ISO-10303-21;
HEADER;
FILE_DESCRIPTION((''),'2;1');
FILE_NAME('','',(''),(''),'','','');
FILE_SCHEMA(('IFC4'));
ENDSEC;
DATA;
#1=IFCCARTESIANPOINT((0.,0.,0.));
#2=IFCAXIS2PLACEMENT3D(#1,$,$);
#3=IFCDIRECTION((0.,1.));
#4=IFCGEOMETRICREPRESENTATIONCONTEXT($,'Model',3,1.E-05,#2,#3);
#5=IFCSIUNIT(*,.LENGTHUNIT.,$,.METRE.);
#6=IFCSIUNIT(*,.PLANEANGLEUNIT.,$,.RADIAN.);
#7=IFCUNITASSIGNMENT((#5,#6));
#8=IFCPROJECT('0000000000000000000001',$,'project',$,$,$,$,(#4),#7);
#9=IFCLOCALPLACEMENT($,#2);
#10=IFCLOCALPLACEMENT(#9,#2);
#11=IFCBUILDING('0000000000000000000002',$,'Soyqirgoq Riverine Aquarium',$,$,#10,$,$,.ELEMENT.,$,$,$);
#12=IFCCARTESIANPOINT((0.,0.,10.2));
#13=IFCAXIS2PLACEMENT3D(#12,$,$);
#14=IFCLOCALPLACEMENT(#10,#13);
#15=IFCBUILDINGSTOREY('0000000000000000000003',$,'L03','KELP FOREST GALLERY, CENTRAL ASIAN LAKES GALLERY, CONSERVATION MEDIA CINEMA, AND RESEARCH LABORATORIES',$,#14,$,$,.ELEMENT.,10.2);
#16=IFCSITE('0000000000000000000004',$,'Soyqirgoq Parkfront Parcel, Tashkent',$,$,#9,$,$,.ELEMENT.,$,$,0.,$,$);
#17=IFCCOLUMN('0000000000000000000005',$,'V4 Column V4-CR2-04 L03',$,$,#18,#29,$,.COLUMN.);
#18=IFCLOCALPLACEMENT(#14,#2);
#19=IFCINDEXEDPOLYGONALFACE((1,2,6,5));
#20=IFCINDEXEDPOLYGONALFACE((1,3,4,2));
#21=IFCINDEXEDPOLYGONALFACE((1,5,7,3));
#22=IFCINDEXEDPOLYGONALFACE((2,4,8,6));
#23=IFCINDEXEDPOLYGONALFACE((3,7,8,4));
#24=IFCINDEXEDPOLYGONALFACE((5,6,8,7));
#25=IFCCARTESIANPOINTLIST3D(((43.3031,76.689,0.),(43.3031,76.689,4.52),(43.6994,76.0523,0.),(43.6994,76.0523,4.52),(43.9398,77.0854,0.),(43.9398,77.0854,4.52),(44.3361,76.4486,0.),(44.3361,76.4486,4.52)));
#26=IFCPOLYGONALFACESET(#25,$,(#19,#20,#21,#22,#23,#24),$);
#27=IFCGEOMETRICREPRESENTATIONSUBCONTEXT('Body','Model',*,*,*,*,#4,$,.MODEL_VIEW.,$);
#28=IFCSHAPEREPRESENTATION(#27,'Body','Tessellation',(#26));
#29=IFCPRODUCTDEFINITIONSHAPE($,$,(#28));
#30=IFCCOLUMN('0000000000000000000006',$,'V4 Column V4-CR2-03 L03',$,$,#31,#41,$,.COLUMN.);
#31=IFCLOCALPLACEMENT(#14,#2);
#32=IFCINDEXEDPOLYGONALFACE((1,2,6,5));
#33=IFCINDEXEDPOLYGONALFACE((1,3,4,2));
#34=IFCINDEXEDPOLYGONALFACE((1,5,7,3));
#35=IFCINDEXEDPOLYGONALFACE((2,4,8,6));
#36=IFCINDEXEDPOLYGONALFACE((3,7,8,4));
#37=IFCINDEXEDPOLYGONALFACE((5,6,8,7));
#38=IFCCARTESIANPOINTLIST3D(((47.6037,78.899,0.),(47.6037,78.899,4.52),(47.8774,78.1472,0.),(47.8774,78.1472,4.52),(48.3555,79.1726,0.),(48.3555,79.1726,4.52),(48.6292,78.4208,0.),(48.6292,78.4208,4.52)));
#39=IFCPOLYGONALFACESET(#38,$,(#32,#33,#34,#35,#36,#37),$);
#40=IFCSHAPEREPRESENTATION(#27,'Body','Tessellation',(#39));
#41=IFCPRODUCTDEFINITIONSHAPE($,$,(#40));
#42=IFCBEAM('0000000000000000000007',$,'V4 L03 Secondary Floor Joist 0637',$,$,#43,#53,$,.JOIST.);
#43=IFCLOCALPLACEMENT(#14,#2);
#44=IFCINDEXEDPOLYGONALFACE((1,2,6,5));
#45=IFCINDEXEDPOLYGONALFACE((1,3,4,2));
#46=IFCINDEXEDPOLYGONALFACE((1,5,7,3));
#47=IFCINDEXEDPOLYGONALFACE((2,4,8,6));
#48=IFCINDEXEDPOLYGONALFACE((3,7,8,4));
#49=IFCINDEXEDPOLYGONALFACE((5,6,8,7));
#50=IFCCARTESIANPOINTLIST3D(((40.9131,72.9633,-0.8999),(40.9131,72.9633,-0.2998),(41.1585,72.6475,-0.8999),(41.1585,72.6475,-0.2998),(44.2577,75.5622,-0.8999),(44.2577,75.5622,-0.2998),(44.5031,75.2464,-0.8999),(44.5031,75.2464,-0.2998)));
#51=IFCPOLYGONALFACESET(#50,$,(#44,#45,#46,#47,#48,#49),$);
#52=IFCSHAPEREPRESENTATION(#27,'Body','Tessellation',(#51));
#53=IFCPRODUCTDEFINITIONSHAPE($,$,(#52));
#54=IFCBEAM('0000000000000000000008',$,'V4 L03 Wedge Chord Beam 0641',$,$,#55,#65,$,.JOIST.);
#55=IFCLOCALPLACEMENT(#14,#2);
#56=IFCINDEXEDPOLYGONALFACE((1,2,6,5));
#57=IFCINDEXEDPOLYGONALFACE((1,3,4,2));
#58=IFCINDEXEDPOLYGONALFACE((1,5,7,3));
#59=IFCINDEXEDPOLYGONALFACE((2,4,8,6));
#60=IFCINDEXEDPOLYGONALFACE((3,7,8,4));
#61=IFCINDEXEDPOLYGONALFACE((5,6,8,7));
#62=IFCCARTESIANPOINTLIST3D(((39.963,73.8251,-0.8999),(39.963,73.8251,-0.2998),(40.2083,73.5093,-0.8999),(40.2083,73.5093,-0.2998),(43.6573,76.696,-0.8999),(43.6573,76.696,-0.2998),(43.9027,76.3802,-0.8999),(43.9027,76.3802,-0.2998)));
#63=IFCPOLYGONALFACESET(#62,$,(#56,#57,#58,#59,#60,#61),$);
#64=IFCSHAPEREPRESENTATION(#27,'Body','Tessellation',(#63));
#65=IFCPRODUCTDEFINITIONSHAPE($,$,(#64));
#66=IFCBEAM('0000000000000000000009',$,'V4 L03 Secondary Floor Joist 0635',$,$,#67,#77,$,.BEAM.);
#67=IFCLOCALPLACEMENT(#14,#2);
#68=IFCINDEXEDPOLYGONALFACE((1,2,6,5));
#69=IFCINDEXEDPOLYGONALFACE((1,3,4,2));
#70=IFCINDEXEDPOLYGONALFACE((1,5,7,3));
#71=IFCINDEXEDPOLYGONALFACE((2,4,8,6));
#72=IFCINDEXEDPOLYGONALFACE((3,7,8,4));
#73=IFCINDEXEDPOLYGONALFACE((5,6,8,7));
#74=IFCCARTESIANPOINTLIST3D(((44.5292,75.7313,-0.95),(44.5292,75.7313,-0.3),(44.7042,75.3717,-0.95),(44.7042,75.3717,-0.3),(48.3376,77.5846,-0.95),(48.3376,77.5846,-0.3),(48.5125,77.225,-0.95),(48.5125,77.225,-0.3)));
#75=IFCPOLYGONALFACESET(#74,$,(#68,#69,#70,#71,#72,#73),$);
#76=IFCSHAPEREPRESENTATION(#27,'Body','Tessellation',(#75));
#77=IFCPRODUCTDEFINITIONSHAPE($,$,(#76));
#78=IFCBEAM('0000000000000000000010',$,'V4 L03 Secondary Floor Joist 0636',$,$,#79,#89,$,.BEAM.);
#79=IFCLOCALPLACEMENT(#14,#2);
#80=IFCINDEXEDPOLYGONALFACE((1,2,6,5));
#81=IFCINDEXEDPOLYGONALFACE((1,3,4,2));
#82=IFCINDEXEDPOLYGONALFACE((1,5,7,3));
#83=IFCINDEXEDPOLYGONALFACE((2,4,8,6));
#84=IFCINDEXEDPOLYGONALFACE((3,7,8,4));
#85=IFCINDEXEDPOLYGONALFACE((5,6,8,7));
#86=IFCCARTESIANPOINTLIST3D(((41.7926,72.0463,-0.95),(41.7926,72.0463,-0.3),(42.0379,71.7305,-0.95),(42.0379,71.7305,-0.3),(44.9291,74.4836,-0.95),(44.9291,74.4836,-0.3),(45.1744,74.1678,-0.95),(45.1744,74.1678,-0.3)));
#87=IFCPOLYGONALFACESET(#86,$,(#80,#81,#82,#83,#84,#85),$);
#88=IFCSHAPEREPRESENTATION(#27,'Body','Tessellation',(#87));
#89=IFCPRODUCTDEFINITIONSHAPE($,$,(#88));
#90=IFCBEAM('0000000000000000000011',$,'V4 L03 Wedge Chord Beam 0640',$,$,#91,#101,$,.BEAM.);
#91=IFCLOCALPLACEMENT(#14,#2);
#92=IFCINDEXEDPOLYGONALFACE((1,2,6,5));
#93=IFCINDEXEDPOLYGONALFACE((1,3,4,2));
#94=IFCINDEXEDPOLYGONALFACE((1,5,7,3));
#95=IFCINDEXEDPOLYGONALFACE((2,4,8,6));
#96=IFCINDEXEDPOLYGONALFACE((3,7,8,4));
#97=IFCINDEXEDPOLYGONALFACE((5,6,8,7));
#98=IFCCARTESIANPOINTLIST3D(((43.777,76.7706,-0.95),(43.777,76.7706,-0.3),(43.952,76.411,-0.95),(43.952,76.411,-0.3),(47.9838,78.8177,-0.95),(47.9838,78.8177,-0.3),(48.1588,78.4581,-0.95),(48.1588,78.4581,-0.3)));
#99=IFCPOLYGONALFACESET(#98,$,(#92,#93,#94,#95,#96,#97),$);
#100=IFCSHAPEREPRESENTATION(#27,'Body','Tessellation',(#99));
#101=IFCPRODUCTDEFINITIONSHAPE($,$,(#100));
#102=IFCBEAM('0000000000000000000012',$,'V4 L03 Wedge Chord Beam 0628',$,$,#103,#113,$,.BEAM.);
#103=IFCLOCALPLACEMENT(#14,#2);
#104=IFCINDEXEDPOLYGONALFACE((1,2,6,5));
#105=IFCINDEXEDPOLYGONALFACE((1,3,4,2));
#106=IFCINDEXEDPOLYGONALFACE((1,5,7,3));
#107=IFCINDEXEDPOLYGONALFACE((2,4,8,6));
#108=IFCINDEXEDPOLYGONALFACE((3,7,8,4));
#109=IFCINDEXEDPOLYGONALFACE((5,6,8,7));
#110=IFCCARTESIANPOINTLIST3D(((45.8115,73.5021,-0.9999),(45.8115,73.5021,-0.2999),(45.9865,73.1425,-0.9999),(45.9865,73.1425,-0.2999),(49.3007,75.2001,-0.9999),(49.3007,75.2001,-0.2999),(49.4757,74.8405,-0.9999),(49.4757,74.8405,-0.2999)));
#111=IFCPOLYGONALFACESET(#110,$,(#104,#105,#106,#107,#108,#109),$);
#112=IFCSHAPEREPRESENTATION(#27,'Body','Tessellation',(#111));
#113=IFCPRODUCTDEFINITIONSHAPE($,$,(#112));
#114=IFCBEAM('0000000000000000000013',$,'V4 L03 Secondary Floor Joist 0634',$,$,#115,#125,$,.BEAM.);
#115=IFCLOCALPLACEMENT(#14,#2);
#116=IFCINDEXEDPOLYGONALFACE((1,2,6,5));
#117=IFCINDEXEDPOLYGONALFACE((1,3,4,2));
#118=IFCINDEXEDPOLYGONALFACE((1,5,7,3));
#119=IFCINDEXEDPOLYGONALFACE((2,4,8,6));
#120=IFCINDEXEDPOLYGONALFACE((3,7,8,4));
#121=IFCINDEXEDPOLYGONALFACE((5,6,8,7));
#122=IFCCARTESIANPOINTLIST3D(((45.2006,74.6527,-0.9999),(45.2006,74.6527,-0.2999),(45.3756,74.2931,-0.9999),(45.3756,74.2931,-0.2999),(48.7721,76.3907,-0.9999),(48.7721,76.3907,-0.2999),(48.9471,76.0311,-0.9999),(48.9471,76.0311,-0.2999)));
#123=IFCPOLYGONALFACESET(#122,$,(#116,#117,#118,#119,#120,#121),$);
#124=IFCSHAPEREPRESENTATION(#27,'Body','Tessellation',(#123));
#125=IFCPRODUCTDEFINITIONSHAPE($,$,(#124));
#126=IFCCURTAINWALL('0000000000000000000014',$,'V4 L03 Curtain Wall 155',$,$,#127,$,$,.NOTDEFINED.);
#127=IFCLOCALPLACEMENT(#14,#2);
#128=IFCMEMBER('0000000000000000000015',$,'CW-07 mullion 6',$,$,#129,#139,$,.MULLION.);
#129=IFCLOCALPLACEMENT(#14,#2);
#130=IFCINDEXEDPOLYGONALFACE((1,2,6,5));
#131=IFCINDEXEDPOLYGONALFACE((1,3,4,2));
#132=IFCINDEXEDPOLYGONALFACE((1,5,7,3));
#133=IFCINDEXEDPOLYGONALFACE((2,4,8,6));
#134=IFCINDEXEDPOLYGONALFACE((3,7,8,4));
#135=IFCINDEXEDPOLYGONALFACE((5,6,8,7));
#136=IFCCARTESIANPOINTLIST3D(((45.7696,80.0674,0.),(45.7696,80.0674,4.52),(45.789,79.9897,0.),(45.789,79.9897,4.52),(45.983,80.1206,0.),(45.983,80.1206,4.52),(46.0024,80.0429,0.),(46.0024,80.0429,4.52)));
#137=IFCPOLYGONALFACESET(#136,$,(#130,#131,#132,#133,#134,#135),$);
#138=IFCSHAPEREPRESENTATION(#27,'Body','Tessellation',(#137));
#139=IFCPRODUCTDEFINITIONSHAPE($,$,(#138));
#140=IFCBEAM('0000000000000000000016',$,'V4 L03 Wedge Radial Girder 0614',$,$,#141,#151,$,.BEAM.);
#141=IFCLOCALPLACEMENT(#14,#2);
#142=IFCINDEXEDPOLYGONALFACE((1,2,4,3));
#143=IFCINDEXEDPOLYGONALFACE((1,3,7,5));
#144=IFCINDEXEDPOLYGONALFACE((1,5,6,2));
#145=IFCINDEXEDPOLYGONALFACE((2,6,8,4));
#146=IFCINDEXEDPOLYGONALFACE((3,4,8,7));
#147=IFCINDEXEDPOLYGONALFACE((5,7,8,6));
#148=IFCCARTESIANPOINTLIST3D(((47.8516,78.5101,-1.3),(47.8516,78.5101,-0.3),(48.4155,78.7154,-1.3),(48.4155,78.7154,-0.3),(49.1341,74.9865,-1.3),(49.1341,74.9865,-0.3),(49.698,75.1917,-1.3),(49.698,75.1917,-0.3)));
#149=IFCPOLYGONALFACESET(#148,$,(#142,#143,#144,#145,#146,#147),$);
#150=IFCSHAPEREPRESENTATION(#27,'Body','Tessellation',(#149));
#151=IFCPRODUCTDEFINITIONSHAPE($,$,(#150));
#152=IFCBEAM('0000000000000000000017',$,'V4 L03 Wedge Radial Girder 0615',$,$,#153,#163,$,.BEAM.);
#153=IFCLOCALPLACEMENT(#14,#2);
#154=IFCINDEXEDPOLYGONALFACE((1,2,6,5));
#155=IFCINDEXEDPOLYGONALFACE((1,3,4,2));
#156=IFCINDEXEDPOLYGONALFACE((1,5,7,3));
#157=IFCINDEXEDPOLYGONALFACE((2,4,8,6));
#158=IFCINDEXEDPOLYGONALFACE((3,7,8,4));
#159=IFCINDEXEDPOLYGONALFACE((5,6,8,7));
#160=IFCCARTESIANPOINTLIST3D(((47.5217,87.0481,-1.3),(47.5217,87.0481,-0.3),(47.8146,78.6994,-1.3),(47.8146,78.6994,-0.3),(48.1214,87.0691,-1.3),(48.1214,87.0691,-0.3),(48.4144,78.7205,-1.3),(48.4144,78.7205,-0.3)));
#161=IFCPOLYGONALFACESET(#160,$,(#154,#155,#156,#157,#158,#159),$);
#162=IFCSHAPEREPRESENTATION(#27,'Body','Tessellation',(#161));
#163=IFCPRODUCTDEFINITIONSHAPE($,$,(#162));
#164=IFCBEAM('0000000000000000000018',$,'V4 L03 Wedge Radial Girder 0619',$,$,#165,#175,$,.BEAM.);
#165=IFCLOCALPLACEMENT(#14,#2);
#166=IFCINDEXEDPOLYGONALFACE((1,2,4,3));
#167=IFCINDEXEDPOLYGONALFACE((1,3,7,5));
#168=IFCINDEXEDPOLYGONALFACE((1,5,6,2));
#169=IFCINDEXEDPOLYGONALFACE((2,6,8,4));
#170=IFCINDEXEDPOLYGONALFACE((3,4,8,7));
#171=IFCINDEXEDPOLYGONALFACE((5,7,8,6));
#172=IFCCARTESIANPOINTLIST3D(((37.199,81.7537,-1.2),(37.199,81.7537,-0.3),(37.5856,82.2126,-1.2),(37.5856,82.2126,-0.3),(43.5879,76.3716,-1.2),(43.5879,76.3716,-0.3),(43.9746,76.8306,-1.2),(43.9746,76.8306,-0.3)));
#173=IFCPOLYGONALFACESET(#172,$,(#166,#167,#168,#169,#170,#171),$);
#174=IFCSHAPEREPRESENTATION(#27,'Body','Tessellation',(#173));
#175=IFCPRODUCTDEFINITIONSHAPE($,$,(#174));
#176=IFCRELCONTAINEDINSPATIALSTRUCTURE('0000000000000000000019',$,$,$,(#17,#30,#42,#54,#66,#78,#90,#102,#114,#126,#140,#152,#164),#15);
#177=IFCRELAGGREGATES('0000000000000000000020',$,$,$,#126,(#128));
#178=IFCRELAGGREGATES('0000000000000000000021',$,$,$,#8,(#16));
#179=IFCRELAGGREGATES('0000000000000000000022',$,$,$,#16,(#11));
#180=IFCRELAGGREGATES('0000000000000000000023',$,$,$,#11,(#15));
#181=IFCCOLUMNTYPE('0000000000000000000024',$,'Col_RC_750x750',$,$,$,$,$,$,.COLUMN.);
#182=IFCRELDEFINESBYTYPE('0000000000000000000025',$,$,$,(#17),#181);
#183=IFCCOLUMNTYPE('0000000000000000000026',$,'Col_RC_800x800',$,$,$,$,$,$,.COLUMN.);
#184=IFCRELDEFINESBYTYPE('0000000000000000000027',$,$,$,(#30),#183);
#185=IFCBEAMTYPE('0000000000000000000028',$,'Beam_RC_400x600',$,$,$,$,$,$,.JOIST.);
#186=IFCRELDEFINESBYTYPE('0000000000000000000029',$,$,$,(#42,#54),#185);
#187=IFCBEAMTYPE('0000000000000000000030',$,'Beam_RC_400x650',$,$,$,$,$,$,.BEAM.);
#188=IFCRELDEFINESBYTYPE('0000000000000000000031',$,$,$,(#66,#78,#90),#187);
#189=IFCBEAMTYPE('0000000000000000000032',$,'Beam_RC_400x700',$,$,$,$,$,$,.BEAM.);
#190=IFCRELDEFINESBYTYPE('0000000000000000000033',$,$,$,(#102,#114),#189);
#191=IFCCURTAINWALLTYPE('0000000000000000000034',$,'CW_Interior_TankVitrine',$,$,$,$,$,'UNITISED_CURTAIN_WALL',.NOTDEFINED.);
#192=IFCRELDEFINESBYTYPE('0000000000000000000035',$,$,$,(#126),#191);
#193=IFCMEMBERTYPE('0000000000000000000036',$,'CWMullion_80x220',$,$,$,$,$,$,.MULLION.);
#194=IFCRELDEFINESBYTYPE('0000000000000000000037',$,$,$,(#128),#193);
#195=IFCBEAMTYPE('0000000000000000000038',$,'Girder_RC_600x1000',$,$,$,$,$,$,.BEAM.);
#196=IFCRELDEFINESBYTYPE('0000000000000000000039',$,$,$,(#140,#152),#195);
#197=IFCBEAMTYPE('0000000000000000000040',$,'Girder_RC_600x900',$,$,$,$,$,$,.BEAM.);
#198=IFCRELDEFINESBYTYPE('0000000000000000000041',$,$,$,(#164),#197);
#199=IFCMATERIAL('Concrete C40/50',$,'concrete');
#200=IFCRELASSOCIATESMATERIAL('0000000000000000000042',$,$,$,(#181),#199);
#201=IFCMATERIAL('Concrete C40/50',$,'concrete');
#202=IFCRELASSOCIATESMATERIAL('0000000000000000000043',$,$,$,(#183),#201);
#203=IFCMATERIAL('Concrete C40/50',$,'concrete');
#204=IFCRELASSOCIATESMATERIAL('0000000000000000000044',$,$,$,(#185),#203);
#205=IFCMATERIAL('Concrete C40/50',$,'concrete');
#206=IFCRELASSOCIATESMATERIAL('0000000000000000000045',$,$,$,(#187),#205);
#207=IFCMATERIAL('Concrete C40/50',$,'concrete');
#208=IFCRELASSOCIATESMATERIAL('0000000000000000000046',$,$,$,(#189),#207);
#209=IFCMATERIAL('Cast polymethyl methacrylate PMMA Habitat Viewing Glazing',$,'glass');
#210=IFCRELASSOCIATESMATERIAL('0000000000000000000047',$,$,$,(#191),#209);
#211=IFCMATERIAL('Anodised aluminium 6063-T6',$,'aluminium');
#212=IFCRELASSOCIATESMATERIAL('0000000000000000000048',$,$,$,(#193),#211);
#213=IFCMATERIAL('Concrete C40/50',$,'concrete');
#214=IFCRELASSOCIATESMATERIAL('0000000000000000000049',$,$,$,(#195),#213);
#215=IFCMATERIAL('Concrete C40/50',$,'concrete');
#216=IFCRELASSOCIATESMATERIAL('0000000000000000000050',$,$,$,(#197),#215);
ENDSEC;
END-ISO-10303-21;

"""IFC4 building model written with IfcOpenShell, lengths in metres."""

from ifc_helpers import new_model, si_unit, direction, frame, origin, origin_2d, place, context, subcontext, project, spatial, rectangle, extrude, material, material_profile, profile_set, type_object, element, aggregate, save


model = new_model("IFC4")

# Units and contexts
model_context = context("Model", 3, precision=1e-05, world=origin(), true_north=direction((0.0, 1.0)))
body_context = subcontext(model_context, "Body", "Model", "MODEL_VIEW")
ifc_project = project(units=[si_unit("LENGTHUNIT", "METRE"), si_unit("PLANEANGLEUNIT", "RADIAN")], contexts=[model_context])

# Site, building, storey
site_placement = place(None, origin())
site = spatial("IfcSite", under=ifc_project, at=site_placement, Name="Soyqirgoq Parkfront Parcel, Tashkent", CompositionType="ELEMENT", RefElevation=0.0)
building_placement = place(site_placement, origin())
building = spatial("IfcBuilding", under=site, at=building_placement, Name="Soyqirgoq Riverine Aquarium", CompositionType="ELEMENT")
storey_placement = place(building_placement, frame((0.0, 0.0, 10.2)))
storey = spatial("IfcBuildingStorey", under=building, at=storey_placement, Name="L03", Description="KELP FOREST GALLERY, CENTRAL ASIAN LAKES GALLERY, CONSERVATION MEDIA CINEMA, AND RESEARCH LABORATORIES", CompositionType="ELEMENT", Elevation=10.2)

# Columns
ifc_material_1 = material(Name="Concrete C40/50", Category="concrete")
ifc_material_profile_1 = material_profile(ifc_material_1, rectangle(XDim=0.75, YDim=0.75, at=origin_2d()), Name="RC 750x750")
ifc_profile_set_1 = profile_set([ifc_material_profile_1], Name="Concrete C40/50")
column_type_1 = type_object("IfcColumnType", Name="Col_RC_750x750", PredefinedType="COLUMN", material=ifc_profile_set_1)
column_1_placement = place(storey_placement, frame((43.8196, 76.5688, 0.0), z_axis=(0.0, 0.0, 1.0), x_axis=(-0.528438, 0.848972, 0.0)))
element("IfcColumn", 1, at=column_1_placement, inside=storey, type_object=column_type_1, Name="V4 Column V4-CR2-04 L03", PredefinedType="COLUMN", context=body_context, shape_type="SweptSolid", body=[
    extrude(rectangle(XDim=0.75, YDim=0.75, at=origin_2d()), origin(), (0.0, 0.0, 1.0), 4.52),
])
ifc_material_2 = material(Name="Concrete C40/50", Category="concrete")
ifc_material_profile_2 = material_profile(ifc_material_2, rectangle(XDim=0.8, YDim=0.8, at=origin_2d()), Name="RC 800x800")
ifc_profile_set_2 = profile_set([ifc_material_profile_2], Name="Concrete C40/50")
column_type_2 = type_object("IfcColumnType", Name="Col_RC_800x800", PredefinedType="COLUMN", material=ifc_profile_set_2)
column_2_placement = place(storey_placement, frame((48.1165, 78.6599, 0.0), z_axis=(0.0, 0.0, 1.0), x_axis=(-0.34202, 0.939693, 0.0)))
element("IfcColumn", 2, at=column_2_placement, inside=storey, type_object=column_type_2, Name="V4 Column V4-CR2-03 L03", PredefinedType="COLUMN", context=body_context, shape_type="SweptSolid", body=[
    extrude(rectangle(XDim=0.8, YDim=0.8, at=origin_2d()), origin(), (0.0, 0.0, 1.0), 4.52),
])

# Beams
ifc_material_3 = material(Name="Concrete C40/50", Category="concrete")
ifc_material_profile_3 = material_profile(ifc_material_3, rectangle(XDim=0.3999, YDim=0.6001, at=origin_2d()), Name="RC 400x600")
ifc_profile_set_3 = profile_set([ifc_material_profile_3], Name="Concrete C40/50")
beam_type_1 = type_object("IfcBeamType", Name="Beam_RC_400x600", PredefinedType="JOIST", material=ifc_profile_set_3)
beam_1_placement = place(storey_placement, frame((44.3804, 75.4043, -0.5999), z_axis=(-0.789625, -0.613589, 0.0), x_axis=(0.613589, -0.789625, 0.0)))
element("IfcBeam", 3, at=beam_1_placement, inside=storey, type_object=beam_type_1, Name="V4 L03 Secondary Floor Joist 0637", PredefinedType="JOIST", context=body_context, shape_type="SweptSolid", body=[
    extrude(rectangle(XDim=0.3999, YDim=0.6001, at=origin_2d()), origin(), (0.0, 0.0, 1.0), 4.2356),
])
beam_2_placement = place(storey_placement, frame((43.78, 76.5381, -0.5999), z_axis=(-0.789613, -0.613605, 0.0), x_axis=(0.613605, -0.789613, 0.0)))
element("IfcBeam", 4, at=beam_2_placement, inside=storey, type_object=beam_type_1, Name="V4 L03 Wedge Chord Beam 0641", PredefinedType="JOIST", context=body_context, shape_type="SweptSolid", body=[
    extrude(rectangle(XDim=0.3999, YDim=0.6001, at=origin_2d()), origin(), (0.0, 0.0, 1.0), 4.6787),
])
ifc_material_4 = material(Name="Concrete C40/50", Category="concrete")
ifc_material_profile_4 = material_profile(ifc_material_4, rectangle(XDim=0.3999, YDim=0.6499, at=origin_2d()), Name="RC 400x650")
ifc_profile_set_4 = profile_set([ifc_material_profile_4], Name="Concrete C40/50")
beam_type_2 = type_object("IfcBeamType", Name="Beam_RC_400x650", PredefinedType="BEAM", material=ifc_profile_set_4)
beam_3_placement = place(storey_placement, frame((48.425, 77.4048, -0.625), z_axis=(-0.899183, -0.437573, 0.0), x_axis=(0.437573, -0.899183, 0.0)))
element("IfcBeam", 5, at=beam_3_placement, inside=storey, type_object=beam_type_2, Name="V4 L03 Secondary Floor Joist 0635", PredefinedType="BEAM", context=body_context, shape_type="SweptSolid", body=[
    extrude(rectangle(XDim=0.3999, YDim=0.6499, at=origin_2d()), origin(), (0.0, 0.0, 1.0), 4.2354),
])
beam_4_placement = place(storey_placement, frame((45.0518, 74.3257, -0.625), z_axis=(-0.789624, -0.613592, 0.0), x_axis=(0.613592, -0.789624, 0.0)))
element("IfcBeam", 6, at=beam_4_placement, inside=storey, type_object=beam_type_2, Name="V4 L03 Secondary Floor Joist 0636", PredefinedType="BEAM", context=body_context, shape_type="SweptSolid", body=[
    extrude(rectangle(XDim=0.3999, YDim=0.6499, at=origin_2d()), origin(), (0.0, 0.0, 1.0), 3.9722),
])
beam_5_placement = place(storey_placement, frame((48.0713, 78.6379, -0.625), z_axis=(-0.899187, -0.437565, 0.0), x_axis=(0.437565, -0.899187, 0.0)))
element("IfcBeam", 7, at=beam_5_placement, inside=storey, type_object=beam_type_2, Name="V4 L03 Wedge Chord Beam 0640", PredefinedType="BEAM", context=body_context, shape_type="SweptSolid", body=[
    extrude(rectangle(XDim=0.3999, YDim=0.6499, at=origin_2d()), origin(), (0.0, 0.0, 1.0), 4.6785),
])
ifc_material_5 = material(Name="Concrete C40/50", Category="concrete")
ifc_material_profile_5 = material_profile(ifc_material_5, rectangle(XDim=0.3999, YDim=0.7, at=origin_2d()), Name="RC 400x700")
ifc_profile_set_5 = profile_set([ifc_material_profile_5], Name="Concrete C40/50")
beam_type_3 = type_object("IfcBeamType", Name="Beam_RC_400x700", PredefinedType="BEAM", material=ifc_profile_set_5)
beam_6_placement = place(storey_placement, frame((49.3882, 75.0203, -0.6499), z_axis=(-0.899182, -0.437574, 0.0), x_axis=(0.437574, -0.899182, 0.0)))
element("IfcBeam", 8, at=beam_6_placement, inside=storey, type_object=beam_type_3, Name="V4 L03 Wedge Chord Beam 0628", PredefinedType="BEAM", context=body_context, shape_type="SweptSolid", body=[
    extrude(rectangle(XDim=0.3999, YDim=0.7, at=origin_2d()), origin(), (0.0, 0.0, 1.0), 3.8804),
])
beam_7_placement = place(storey_placement, frame((48.8596, 76.2109, -0.6499), z_axis=(-0.899182, -0.437575, 0.0), x_axis=(0.437575, -0.899182, 0.0)))
element("IfcBeam", 9, at=beam_7_placement, inside=storey, type_object=beam_type_3, Name="V4 L03 Secondary Floor Joist 0634", PredefinedType="BEAM", context=body_context, shape_type="SweptSolid", body=[
    extrude(rectangle(XDim=0.3999, YDim=0.7, at=origin_2d()), origin(), (0.0, 0.0, 1.0), 3.9719),
])

# Curtain wall, member
ifc_material_6 = material(Name="Cast polymethyl methacrylate PMMA Habitat Viewing Glazing", Category="glass")
curtain_wall_type_1 = type_object("IfcCurtainWallType", Name="CW_Interior_TankVitrine", ElementType="UNITISED_CURTAIN_WALL", PredefinedType="NOTDEFINED", material=ifc_material_6)
curtain_wall_1_placement = place(storey_placement, origin())
curtain_wall_1 = element("IfcCurtainWall", 10, at=curtain_wall_1_placement, inside=storey, type_object=curtain_wall_type_1, Name="V4 L03 Curtain Wall 155", PredefinedType="NOTDEFINED")
ifc_material_7 = material(Name="Anodised aluminium 6063-T6", Category="aluminium")
ifc_material_profile_6 = material_profile(ifc_material_7, rectangle(XDim=0.0801, YDim=0.22, at=origin_2d()), Name="ALU-M 80x220")
ifc_profile_set_6 = profile_set([ifc_material_profile_6], Name="Anodised aluminium 6063-T6")
member_type = type_object("IfcMemberType", Name="CWMullion_80x220", PredefinedType="MULLION", material=ifc_profile_set_6)
member_placement = place(storey_placement, frame((45.886, 80.0552, 0.0), z_axis=(0.0, 0.0, 1.0), x_axis=(0.241922, -0.970296, 0.0)))
member = element("IfcMember", 11, at=member_placement, type_object=member_type, Name="CW-07 mullion 6", PredefinedType="MULLION", context=body_context, shape_type="SweptSolid", body=[
    extrude(rectangle(XDim=0.0801, YDim=0.22, at=origin_2d()), origin(), (0.0, 0.0, 1.0), 4.52),
])
aggregate(curtain_wall_1, [member])

# Beams
ifc_material_8 = material(Name="Concrete C40/50", Category="concrete")
ifc_material_profile_7 = material_profile(ifc_material_8, rectangle(XDim=0.6001, YDim=1.0, at=origin_2d()), Name="RC 600x1000")
ifc_profile_set_7 = profile_set([ifc_material_profile_7], Name="Concrete C40/50")
beam_type_4 = type_object("IfcBeamType", Name="Girder_RC_600x1000", PredefinedType="BEAM", material=ifc_profile_set_7)
beam_8_placement = place(storey_placement, frame((49.416, 75.0891, -0.8), z_axis=(-0.34201, 0.939696, 0.0), x_axis=(-0.939696, -0.34201, 0.0)))
element("IfcBeam", 12, at=beam_8_placement, inside=storey, type_object=beam_type_4, Name="V4 L03 Wedge Radial Girder 0614", PredefinedType="BEAM", context=body_context, shape_type="SweptSolid", body=[
    extrude(rectangle(XDim=0.6001, YDim=1.0, at=origin_2d()), origin(), (0.0, 0.0, 1.0), 3.7498),
])
beam_9_placement = place(storey_placement, frame((48.1145, 78.71, -0.8), z_axis=(-0.03507, 0.999385, 0.0), x_axis=(-0.999385, -0.03507, 0.0)))
element("IfcBeam", 13, at=beam_9_placement, inside=storey, type_object=beam_type_4, Name="V4 L03 Wedge Radial Girder 0615", PredefinedType="BEAM", context=body_context, shape_type="SweptSolid", body=[
    extrude(rectangle(XDim=0.6001, YDim=1.0, at=origin_2d()), origin(), (0.0, 0.0, 1.0), 8.3538),
])
ifc_material_9 = material(Name="Concrete C40/50", Category="concrete")
ifc_material_profile_8 = material_profile(ifc_material_9, rectangle(XDim=0.6001, YDim=0.8999, at=origin_2d()), Name="RC 600x900")
ifc_profile_set_8 = profile_set([ifc_material_profile_8], Name="Concrete C40/50")
beam_type_5 = type_object("IfcBeamType", Name="Girder_RC_600x900", PredefinedType="BEAM", material=ifc_profile_set_8)
beam_10_placement = place(storey_placement, frame((43.7812, 76.6011, -0.75), z_axis=(-0.764797, 0.644272, 0.0), x_axis=(-0.644272, -0.764797, 0.0)))
element("IfcBeam", 14, at=beam_10_placement, inside=storey, type_object=beam_type_5, Name="V4 L03 Wedge Radial Girder 0619", PredefinedType="BEAM", context=body_context, shape_type="SweptSolid", body=[
    extrude(rectangle(XDim=0.6001, YDim=0.8999, at=origin_2d()), origin(), (0.0, 0.0, 1.0), 8.3538),
])

save(model, "model.ifc")
